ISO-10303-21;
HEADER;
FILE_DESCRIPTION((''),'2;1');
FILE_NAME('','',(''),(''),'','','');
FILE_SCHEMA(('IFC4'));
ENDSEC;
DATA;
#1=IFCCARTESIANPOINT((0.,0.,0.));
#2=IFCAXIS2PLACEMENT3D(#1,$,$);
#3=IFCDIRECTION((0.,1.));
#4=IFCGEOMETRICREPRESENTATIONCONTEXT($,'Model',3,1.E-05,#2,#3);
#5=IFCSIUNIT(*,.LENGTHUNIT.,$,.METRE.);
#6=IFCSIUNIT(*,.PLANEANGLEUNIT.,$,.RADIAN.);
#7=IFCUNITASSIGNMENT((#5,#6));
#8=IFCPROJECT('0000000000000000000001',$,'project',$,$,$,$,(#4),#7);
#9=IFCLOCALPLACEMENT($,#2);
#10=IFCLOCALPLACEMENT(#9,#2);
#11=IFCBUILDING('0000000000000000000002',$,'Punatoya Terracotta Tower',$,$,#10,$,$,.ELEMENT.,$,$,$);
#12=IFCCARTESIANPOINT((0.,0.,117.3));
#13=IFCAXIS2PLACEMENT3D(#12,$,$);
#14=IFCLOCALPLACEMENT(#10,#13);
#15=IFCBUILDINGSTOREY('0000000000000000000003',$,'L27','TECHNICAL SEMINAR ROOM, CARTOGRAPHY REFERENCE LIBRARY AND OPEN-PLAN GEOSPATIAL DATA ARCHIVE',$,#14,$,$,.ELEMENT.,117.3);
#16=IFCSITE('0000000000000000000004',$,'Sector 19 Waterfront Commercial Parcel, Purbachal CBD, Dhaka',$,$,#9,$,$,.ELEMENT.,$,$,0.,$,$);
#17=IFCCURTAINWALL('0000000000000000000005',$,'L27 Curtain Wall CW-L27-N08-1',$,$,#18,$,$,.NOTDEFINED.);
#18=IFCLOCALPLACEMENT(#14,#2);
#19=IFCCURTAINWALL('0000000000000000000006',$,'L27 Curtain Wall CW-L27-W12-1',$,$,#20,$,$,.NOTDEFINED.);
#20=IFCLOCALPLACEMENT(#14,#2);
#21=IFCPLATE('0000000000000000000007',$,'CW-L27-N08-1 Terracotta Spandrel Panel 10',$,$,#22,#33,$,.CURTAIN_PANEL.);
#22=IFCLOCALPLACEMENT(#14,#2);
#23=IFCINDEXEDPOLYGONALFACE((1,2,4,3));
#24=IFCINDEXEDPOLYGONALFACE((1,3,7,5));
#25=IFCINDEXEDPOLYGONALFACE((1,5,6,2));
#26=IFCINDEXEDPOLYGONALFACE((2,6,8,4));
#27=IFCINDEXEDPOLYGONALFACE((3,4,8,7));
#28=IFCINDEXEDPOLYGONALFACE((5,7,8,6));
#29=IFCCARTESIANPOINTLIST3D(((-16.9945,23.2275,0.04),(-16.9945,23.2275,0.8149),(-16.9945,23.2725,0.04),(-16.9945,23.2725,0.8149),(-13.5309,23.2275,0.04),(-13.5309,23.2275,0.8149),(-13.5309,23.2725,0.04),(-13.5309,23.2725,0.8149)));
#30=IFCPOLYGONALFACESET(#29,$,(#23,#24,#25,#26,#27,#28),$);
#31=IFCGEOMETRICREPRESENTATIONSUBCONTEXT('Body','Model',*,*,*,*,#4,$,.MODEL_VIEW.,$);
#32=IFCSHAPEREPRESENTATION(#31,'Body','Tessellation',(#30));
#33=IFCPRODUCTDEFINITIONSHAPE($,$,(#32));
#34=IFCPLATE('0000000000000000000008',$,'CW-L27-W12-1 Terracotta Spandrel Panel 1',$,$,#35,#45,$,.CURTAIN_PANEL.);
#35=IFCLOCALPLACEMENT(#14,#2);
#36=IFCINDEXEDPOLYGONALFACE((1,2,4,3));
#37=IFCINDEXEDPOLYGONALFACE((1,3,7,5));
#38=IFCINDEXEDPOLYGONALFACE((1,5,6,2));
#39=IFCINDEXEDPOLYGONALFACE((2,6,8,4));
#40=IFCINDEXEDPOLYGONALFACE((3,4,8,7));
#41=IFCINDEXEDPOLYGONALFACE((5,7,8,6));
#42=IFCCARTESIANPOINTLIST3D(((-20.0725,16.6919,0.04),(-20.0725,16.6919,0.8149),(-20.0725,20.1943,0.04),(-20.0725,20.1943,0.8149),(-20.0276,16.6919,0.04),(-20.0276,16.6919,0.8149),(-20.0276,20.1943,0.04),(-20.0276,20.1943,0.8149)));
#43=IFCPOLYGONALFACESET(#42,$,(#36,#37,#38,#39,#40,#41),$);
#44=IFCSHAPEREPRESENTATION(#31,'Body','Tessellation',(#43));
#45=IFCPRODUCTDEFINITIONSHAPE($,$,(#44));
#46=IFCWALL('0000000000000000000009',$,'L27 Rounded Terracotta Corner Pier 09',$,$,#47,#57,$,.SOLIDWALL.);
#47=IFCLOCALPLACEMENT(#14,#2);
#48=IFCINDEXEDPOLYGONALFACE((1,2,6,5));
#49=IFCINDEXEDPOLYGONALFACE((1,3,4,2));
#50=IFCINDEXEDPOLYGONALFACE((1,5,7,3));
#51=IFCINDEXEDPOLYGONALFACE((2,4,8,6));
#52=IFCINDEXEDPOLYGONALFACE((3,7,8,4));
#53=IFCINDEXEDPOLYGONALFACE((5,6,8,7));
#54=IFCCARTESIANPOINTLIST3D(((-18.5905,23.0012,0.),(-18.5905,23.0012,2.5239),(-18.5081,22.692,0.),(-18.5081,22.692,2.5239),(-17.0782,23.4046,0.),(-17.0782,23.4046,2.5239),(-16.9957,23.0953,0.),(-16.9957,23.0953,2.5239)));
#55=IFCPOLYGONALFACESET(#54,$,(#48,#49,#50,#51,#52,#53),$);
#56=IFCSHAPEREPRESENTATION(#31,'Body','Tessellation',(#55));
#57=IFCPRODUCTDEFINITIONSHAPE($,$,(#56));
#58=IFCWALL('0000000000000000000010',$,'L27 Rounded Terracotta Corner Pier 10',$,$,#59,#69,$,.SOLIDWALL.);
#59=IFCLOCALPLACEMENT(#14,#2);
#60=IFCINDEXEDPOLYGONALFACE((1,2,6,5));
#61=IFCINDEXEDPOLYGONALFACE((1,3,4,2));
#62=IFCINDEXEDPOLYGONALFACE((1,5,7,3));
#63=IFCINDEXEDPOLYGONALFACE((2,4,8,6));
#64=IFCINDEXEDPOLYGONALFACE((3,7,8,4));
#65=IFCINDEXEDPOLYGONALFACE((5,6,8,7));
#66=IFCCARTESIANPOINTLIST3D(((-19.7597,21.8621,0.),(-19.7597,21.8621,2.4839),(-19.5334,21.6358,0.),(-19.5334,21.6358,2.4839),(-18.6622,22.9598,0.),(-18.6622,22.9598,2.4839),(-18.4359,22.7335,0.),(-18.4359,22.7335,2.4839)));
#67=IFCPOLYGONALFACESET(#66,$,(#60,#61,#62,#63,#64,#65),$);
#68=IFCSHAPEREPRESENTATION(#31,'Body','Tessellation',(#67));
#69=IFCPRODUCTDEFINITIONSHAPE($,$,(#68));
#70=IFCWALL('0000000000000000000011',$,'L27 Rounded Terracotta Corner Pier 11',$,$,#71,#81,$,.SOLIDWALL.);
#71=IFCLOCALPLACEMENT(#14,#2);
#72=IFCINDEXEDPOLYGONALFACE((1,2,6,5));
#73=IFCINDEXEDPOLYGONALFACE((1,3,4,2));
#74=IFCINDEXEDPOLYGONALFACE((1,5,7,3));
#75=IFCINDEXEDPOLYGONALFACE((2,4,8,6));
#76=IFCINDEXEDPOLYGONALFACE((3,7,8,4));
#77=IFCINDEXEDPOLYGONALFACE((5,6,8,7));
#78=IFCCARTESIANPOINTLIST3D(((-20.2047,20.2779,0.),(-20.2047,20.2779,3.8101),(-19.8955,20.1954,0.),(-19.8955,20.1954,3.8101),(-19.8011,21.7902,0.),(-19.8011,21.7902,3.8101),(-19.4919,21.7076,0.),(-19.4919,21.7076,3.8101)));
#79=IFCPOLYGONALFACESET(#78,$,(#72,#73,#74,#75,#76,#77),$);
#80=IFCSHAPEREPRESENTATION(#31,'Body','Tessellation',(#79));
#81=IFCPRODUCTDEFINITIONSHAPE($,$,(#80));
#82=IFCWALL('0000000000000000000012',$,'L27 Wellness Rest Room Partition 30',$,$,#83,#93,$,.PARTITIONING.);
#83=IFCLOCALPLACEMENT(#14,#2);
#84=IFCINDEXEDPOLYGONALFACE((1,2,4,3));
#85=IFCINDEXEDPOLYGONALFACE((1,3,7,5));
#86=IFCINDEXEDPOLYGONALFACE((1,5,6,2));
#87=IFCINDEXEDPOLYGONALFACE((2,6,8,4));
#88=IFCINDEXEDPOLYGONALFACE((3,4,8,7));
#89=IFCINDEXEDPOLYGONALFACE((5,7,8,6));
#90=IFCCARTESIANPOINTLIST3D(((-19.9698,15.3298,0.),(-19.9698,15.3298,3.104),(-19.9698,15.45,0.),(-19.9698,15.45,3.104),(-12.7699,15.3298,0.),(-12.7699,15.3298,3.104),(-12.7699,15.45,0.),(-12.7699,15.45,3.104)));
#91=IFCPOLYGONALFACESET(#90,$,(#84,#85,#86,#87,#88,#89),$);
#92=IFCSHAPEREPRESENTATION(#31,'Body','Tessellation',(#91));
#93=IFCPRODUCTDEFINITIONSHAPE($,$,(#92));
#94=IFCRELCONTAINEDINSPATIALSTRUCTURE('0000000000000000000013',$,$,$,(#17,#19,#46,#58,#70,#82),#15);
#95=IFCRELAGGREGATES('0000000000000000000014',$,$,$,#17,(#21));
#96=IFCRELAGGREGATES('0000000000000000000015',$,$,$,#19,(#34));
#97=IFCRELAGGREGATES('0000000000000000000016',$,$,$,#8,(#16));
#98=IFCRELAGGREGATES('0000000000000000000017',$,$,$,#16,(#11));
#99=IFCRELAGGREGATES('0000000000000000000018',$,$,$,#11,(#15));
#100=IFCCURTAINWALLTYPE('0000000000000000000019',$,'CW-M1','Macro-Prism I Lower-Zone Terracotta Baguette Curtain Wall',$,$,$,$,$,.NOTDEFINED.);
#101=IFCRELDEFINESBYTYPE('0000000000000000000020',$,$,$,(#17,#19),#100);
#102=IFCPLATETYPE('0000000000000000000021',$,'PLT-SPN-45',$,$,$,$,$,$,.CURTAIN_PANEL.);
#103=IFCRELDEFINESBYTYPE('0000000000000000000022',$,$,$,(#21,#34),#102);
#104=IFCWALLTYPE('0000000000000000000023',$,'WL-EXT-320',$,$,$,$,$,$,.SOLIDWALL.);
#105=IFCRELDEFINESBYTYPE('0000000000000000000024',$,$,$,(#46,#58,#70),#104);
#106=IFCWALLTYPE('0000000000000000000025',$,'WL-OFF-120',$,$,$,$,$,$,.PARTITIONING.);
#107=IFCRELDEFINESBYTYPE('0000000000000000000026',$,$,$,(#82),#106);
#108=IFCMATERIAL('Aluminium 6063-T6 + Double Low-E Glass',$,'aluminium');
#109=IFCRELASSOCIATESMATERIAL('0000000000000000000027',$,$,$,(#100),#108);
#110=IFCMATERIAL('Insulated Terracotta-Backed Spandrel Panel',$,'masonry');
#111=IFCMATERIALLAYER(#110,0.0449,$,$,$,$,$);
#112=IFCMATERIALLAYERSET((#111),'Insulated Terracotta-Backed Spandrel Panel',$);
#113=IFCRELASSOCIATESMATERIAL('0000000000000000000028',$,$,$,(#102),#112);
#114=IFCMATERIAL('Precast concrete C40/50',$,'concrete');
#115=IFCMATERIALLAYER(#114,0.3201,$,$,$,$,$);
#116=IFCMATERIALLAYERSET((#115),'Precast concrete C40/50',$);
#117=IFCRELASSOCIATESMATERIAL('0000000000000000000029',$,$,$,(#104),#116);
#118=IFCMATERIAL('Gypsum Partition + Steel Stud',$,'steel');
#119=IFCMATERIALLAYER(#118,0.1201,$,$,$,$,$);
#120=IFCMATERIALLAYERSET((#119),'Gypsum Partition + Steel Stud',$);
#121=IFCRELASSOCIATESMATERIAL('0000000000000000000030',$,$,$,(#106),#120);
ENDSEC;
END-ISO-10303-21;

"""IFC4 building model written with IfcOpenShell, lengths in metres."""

from ifc_helpers import new_model, si_unit, direction, frame, frame_2d, origin, origin_2d, place, context, subcontext, project, spatial, rectangle, extrude, material, layer, layer_set, type_object, element, aggregate, save


model = new_model("IFC4")

# Units and contexts
model_context = context("Model", 3, precision=1e-05, world=origin(), true_north=direction((0.0, 1.0)))
body_context = subcontext(model_context, "Body", "Model", "MODEL_VIEW")
ifc_project = project(units=[si_unit("LENGTHUNIT", "METRE"), si_unit("PLANEANGLEUNIT", "RADIAN")], contexts=[model_context])

# Site, building, storey
site_placement = place(None, origin())
site = spatial("IfcSite", under=ifc_project, at=site_placement, Name="Sector 19 Waterfront Commercial Parcel, Purbachal CBD, Dhaka", CompositionType="ELEMENT", RefElevation=0.0)
building_placement = place(site_placement, origin())
building = spatial("IfcBuilding", under=site, at=building_placement, Name="Punatoya Terracotta Tower", CompositionType="ELEMENT")
storey_placement = place(building_placement, frame((0.0, 0.0, 117.3)))
storey = spatial("IfcBuildingStorey", under=building, at=storey_placement, Name="L27", Description="TECHNICAL SEMINAR ROOM, CARTOGRAPHY REFERENCE LIBRARY AND OPEN-PLAN GEOSPATIAL DATA ARCHIVE", CompositionType="ELEMENT", Elevation=117.3)

# Curtain wall
ifc_material_1 = material(Name="Aluminium 6063-T6 + Double Low-E Glass", Category="aluminium")
curtain_wall_type = type_object("IfcCurtainWallType", Name="CW-M1", Description="Macro-Prism I Lower-Zone Terracotta Baguette Curtain Wall", PredefinedType="NOTDEFINED", material=ifc_material_1)
curtain_wall_1_placement = place(storey_placement, origin())
curtain_wall_1 = element("IfcCurtainWall", 1, at=curtain_wall_1_placement, inside=storey, type_object=curtain_wall_type, Name="L27 Curtain Wall CW-L27-N08-1", PredefinedType="NOTDEFINED")

# Curtain wall
curtain_wall_2_placement = place(storey_placement, origin())
curtain_wall_2 = element("IfcCurtainWall", 2, at=curtain_wall_2_placement, inside=storey, type_object=curtain_wall_type, Name="L27 Curtain Wall CW-L27-W12-1", PredefinedType="NOTDEFINED")

# Plates
ifc_material_2 = material(Name="Insulated Terracotta-Backed Spandrel Panel", Category="masonry")
ifc_layer_1 = layer(ifc_material_2, 0.0449)
ifc_layer_set_1 = layer_set([ifc_layer_1], Name="Insulated Terracotta-Backed Spandrel Panel")
plate_type_1 = type_object("IfcPlateType", Name="PLT-SPN-45", PredefinedType="CURTAIN_PANEL", material=ifc_layer_set_1)
plate_1_placement = place(storey_placement, frame((-15.2627, 23.25, 0.04), z_axis=(0.0, 0.0, 1.0), x_axis=(-1.0, 0.0, 0.0)))
plate_1 = element("IfcPlate", 3, at=plate_1_placement, type_object=plate_type_1, Name="CW-L27-N08-1 Terracotta Spandrel Panel 10", PredefinedType="CURTAIN_PANEL", context=body_context, shape_type="SweptSolid", body=[
    extrude(rectangle(XDim=3.4636, YDim=0.0449, at=origin_2d()), origin(), (0.0, 0.0, 1.0), 0.7749),
])
aggregate(curtain_wall_1, [plate_1])
plate_2_placement = place(storey_placement, frame((-20.05, 18.4431, 0.04), z_axis=(0.0, 0.0, 1.0), x_axis=(0.0, -1.0, 0.0)))
plate_2 = element("IfcPlate", 4, at=plate_2_placement, type_object=plate_type_1, Name="CW-L27-W12-1 Terracotta Spandrel Panel 1", PredefinedType="CURTAIN_PANEL", context=body_context, shape_type="SweptSolid", body=[
    extrude(rectangle(XDim=3.5024, YDim=0.0449, at=origin_2d()), origin(), (0.0, 0.0, 1.0), 0.7749),
])
aggregate(curtain_wall_2, [plate_2])

# Walls
ifc_material_3 = material(Name="Precast concrete C40/50", Category="concrete")
ifc_layer_2 = layer(ifc_material_3, 0.3201)
ifc_layer_set_2 = layer_set([ifc_layer_2], Name="Precast concrete C40/50")
wall_type_1 = type_object("IfcWallType", Name="WL-EXT-320", PredefinedType="SOLIDWALL", material=ifc_layer_set_2)
wall_1_placement = place(storey_placement, frame((-17.0369, 23.25, 0.0), z_axis=(0.0, 0.0, 1.0), x_axis=(-0.966225, -0.257701, 0.0)))
element("IfcWall", 5, at=wall_1_placement, inside=storey, type_object=wall_type_1, Name="L27 Rounded Terracotta Corner Pier 09", PredefinedType="SOLIDWALL", context=body_context, shape_type="SweptSolid", body=[
    extrude(rectangle(XDim=1.5652, YDim=0.3201, at=frame_2d((0.7827, 0.0))), origin(), (0.0, 0.0, 1.0), 2.5239),
])
wall_2_placement = place(storey_placement, frame((-18.5491, 22.8467, 0.0), z_axis=(0.0, 0.0, 1.0), x_axis=(-0.707028, -0.707185, 0.0)))
element("IfcWall", 6, at=wall_2_placement, inside=storey, type_object=wall_type_1, Name="L27 Rounded Terracotta Corner Pier 10", PredefinedType="SOLIDWALL", context=body_context, shape_type="SweptSolid", body=[
    extrude(rectangle(XDim=1.5522, YDim=0.3201, at=frame_2d((0.7761, 0.0))), origin(), (0.0, 0.0, 1.0), 2.4839),
])
wall_3_placement = place(storey_placement, frame((-19.6465, 21.749, 0.0), z_axis=(0.0, 0.0, 1.0), x_axis=(-0.257847, -0.966186, 0.0)))
element("IfcWall", 7, at=wall_3_placement, inside=storey, type_object=wall_type_1, Name="L27 Rounded Terracotta Corner Pier 11", PredefinedType="SOLIDWALL", context=body_context, shape_type="SweptSolid", body=[
    extrude(rectangle(XDim=1.5652, YDim=0.3201, at=frame_2d((0.7827, 0.0))), origin(), (0.0, 0.0, 1.0), 3.8101),
])
ifc_material_4 = material(Name="Gypsum Partition + Steel Stud", Category="steel")
ifc_layer_3 = layer(ifc_material_4, 0.1201)
ifc_layer_set_3 = layer_set([ifc_layer_3], Name="Gypsum Partition + Steel Stud")
wall_type_2 = type_object("IfcWallType", Name="WL-OFF-120", PredefinedType="PARTITIONING", material=ifc_layer_set_3)
wall_4_placement = place(storey_placement, frame((-19.97, 15.3899, 0.0), z_axis=(0.0, 0.0, 1.0), x_axis=(1.0, 0.0, 0.0)))
element("IfcWall", 8, at=wall_4_placement, inside=storey, type_object=wall_type_2, Name="L27 Wellness Rest Room Partition 30", PredefinedType="PARTITIONING", context=body_context, shape_type="SweptSolid", body=[
    extrude(rectangle(XDim=7.2, YDim=0.1201, at=frame_2d((3.6001, 0.0))), origin(), (0.0, 0.0, 1.0), 3.104),
])

save(model, "model.ifc")
